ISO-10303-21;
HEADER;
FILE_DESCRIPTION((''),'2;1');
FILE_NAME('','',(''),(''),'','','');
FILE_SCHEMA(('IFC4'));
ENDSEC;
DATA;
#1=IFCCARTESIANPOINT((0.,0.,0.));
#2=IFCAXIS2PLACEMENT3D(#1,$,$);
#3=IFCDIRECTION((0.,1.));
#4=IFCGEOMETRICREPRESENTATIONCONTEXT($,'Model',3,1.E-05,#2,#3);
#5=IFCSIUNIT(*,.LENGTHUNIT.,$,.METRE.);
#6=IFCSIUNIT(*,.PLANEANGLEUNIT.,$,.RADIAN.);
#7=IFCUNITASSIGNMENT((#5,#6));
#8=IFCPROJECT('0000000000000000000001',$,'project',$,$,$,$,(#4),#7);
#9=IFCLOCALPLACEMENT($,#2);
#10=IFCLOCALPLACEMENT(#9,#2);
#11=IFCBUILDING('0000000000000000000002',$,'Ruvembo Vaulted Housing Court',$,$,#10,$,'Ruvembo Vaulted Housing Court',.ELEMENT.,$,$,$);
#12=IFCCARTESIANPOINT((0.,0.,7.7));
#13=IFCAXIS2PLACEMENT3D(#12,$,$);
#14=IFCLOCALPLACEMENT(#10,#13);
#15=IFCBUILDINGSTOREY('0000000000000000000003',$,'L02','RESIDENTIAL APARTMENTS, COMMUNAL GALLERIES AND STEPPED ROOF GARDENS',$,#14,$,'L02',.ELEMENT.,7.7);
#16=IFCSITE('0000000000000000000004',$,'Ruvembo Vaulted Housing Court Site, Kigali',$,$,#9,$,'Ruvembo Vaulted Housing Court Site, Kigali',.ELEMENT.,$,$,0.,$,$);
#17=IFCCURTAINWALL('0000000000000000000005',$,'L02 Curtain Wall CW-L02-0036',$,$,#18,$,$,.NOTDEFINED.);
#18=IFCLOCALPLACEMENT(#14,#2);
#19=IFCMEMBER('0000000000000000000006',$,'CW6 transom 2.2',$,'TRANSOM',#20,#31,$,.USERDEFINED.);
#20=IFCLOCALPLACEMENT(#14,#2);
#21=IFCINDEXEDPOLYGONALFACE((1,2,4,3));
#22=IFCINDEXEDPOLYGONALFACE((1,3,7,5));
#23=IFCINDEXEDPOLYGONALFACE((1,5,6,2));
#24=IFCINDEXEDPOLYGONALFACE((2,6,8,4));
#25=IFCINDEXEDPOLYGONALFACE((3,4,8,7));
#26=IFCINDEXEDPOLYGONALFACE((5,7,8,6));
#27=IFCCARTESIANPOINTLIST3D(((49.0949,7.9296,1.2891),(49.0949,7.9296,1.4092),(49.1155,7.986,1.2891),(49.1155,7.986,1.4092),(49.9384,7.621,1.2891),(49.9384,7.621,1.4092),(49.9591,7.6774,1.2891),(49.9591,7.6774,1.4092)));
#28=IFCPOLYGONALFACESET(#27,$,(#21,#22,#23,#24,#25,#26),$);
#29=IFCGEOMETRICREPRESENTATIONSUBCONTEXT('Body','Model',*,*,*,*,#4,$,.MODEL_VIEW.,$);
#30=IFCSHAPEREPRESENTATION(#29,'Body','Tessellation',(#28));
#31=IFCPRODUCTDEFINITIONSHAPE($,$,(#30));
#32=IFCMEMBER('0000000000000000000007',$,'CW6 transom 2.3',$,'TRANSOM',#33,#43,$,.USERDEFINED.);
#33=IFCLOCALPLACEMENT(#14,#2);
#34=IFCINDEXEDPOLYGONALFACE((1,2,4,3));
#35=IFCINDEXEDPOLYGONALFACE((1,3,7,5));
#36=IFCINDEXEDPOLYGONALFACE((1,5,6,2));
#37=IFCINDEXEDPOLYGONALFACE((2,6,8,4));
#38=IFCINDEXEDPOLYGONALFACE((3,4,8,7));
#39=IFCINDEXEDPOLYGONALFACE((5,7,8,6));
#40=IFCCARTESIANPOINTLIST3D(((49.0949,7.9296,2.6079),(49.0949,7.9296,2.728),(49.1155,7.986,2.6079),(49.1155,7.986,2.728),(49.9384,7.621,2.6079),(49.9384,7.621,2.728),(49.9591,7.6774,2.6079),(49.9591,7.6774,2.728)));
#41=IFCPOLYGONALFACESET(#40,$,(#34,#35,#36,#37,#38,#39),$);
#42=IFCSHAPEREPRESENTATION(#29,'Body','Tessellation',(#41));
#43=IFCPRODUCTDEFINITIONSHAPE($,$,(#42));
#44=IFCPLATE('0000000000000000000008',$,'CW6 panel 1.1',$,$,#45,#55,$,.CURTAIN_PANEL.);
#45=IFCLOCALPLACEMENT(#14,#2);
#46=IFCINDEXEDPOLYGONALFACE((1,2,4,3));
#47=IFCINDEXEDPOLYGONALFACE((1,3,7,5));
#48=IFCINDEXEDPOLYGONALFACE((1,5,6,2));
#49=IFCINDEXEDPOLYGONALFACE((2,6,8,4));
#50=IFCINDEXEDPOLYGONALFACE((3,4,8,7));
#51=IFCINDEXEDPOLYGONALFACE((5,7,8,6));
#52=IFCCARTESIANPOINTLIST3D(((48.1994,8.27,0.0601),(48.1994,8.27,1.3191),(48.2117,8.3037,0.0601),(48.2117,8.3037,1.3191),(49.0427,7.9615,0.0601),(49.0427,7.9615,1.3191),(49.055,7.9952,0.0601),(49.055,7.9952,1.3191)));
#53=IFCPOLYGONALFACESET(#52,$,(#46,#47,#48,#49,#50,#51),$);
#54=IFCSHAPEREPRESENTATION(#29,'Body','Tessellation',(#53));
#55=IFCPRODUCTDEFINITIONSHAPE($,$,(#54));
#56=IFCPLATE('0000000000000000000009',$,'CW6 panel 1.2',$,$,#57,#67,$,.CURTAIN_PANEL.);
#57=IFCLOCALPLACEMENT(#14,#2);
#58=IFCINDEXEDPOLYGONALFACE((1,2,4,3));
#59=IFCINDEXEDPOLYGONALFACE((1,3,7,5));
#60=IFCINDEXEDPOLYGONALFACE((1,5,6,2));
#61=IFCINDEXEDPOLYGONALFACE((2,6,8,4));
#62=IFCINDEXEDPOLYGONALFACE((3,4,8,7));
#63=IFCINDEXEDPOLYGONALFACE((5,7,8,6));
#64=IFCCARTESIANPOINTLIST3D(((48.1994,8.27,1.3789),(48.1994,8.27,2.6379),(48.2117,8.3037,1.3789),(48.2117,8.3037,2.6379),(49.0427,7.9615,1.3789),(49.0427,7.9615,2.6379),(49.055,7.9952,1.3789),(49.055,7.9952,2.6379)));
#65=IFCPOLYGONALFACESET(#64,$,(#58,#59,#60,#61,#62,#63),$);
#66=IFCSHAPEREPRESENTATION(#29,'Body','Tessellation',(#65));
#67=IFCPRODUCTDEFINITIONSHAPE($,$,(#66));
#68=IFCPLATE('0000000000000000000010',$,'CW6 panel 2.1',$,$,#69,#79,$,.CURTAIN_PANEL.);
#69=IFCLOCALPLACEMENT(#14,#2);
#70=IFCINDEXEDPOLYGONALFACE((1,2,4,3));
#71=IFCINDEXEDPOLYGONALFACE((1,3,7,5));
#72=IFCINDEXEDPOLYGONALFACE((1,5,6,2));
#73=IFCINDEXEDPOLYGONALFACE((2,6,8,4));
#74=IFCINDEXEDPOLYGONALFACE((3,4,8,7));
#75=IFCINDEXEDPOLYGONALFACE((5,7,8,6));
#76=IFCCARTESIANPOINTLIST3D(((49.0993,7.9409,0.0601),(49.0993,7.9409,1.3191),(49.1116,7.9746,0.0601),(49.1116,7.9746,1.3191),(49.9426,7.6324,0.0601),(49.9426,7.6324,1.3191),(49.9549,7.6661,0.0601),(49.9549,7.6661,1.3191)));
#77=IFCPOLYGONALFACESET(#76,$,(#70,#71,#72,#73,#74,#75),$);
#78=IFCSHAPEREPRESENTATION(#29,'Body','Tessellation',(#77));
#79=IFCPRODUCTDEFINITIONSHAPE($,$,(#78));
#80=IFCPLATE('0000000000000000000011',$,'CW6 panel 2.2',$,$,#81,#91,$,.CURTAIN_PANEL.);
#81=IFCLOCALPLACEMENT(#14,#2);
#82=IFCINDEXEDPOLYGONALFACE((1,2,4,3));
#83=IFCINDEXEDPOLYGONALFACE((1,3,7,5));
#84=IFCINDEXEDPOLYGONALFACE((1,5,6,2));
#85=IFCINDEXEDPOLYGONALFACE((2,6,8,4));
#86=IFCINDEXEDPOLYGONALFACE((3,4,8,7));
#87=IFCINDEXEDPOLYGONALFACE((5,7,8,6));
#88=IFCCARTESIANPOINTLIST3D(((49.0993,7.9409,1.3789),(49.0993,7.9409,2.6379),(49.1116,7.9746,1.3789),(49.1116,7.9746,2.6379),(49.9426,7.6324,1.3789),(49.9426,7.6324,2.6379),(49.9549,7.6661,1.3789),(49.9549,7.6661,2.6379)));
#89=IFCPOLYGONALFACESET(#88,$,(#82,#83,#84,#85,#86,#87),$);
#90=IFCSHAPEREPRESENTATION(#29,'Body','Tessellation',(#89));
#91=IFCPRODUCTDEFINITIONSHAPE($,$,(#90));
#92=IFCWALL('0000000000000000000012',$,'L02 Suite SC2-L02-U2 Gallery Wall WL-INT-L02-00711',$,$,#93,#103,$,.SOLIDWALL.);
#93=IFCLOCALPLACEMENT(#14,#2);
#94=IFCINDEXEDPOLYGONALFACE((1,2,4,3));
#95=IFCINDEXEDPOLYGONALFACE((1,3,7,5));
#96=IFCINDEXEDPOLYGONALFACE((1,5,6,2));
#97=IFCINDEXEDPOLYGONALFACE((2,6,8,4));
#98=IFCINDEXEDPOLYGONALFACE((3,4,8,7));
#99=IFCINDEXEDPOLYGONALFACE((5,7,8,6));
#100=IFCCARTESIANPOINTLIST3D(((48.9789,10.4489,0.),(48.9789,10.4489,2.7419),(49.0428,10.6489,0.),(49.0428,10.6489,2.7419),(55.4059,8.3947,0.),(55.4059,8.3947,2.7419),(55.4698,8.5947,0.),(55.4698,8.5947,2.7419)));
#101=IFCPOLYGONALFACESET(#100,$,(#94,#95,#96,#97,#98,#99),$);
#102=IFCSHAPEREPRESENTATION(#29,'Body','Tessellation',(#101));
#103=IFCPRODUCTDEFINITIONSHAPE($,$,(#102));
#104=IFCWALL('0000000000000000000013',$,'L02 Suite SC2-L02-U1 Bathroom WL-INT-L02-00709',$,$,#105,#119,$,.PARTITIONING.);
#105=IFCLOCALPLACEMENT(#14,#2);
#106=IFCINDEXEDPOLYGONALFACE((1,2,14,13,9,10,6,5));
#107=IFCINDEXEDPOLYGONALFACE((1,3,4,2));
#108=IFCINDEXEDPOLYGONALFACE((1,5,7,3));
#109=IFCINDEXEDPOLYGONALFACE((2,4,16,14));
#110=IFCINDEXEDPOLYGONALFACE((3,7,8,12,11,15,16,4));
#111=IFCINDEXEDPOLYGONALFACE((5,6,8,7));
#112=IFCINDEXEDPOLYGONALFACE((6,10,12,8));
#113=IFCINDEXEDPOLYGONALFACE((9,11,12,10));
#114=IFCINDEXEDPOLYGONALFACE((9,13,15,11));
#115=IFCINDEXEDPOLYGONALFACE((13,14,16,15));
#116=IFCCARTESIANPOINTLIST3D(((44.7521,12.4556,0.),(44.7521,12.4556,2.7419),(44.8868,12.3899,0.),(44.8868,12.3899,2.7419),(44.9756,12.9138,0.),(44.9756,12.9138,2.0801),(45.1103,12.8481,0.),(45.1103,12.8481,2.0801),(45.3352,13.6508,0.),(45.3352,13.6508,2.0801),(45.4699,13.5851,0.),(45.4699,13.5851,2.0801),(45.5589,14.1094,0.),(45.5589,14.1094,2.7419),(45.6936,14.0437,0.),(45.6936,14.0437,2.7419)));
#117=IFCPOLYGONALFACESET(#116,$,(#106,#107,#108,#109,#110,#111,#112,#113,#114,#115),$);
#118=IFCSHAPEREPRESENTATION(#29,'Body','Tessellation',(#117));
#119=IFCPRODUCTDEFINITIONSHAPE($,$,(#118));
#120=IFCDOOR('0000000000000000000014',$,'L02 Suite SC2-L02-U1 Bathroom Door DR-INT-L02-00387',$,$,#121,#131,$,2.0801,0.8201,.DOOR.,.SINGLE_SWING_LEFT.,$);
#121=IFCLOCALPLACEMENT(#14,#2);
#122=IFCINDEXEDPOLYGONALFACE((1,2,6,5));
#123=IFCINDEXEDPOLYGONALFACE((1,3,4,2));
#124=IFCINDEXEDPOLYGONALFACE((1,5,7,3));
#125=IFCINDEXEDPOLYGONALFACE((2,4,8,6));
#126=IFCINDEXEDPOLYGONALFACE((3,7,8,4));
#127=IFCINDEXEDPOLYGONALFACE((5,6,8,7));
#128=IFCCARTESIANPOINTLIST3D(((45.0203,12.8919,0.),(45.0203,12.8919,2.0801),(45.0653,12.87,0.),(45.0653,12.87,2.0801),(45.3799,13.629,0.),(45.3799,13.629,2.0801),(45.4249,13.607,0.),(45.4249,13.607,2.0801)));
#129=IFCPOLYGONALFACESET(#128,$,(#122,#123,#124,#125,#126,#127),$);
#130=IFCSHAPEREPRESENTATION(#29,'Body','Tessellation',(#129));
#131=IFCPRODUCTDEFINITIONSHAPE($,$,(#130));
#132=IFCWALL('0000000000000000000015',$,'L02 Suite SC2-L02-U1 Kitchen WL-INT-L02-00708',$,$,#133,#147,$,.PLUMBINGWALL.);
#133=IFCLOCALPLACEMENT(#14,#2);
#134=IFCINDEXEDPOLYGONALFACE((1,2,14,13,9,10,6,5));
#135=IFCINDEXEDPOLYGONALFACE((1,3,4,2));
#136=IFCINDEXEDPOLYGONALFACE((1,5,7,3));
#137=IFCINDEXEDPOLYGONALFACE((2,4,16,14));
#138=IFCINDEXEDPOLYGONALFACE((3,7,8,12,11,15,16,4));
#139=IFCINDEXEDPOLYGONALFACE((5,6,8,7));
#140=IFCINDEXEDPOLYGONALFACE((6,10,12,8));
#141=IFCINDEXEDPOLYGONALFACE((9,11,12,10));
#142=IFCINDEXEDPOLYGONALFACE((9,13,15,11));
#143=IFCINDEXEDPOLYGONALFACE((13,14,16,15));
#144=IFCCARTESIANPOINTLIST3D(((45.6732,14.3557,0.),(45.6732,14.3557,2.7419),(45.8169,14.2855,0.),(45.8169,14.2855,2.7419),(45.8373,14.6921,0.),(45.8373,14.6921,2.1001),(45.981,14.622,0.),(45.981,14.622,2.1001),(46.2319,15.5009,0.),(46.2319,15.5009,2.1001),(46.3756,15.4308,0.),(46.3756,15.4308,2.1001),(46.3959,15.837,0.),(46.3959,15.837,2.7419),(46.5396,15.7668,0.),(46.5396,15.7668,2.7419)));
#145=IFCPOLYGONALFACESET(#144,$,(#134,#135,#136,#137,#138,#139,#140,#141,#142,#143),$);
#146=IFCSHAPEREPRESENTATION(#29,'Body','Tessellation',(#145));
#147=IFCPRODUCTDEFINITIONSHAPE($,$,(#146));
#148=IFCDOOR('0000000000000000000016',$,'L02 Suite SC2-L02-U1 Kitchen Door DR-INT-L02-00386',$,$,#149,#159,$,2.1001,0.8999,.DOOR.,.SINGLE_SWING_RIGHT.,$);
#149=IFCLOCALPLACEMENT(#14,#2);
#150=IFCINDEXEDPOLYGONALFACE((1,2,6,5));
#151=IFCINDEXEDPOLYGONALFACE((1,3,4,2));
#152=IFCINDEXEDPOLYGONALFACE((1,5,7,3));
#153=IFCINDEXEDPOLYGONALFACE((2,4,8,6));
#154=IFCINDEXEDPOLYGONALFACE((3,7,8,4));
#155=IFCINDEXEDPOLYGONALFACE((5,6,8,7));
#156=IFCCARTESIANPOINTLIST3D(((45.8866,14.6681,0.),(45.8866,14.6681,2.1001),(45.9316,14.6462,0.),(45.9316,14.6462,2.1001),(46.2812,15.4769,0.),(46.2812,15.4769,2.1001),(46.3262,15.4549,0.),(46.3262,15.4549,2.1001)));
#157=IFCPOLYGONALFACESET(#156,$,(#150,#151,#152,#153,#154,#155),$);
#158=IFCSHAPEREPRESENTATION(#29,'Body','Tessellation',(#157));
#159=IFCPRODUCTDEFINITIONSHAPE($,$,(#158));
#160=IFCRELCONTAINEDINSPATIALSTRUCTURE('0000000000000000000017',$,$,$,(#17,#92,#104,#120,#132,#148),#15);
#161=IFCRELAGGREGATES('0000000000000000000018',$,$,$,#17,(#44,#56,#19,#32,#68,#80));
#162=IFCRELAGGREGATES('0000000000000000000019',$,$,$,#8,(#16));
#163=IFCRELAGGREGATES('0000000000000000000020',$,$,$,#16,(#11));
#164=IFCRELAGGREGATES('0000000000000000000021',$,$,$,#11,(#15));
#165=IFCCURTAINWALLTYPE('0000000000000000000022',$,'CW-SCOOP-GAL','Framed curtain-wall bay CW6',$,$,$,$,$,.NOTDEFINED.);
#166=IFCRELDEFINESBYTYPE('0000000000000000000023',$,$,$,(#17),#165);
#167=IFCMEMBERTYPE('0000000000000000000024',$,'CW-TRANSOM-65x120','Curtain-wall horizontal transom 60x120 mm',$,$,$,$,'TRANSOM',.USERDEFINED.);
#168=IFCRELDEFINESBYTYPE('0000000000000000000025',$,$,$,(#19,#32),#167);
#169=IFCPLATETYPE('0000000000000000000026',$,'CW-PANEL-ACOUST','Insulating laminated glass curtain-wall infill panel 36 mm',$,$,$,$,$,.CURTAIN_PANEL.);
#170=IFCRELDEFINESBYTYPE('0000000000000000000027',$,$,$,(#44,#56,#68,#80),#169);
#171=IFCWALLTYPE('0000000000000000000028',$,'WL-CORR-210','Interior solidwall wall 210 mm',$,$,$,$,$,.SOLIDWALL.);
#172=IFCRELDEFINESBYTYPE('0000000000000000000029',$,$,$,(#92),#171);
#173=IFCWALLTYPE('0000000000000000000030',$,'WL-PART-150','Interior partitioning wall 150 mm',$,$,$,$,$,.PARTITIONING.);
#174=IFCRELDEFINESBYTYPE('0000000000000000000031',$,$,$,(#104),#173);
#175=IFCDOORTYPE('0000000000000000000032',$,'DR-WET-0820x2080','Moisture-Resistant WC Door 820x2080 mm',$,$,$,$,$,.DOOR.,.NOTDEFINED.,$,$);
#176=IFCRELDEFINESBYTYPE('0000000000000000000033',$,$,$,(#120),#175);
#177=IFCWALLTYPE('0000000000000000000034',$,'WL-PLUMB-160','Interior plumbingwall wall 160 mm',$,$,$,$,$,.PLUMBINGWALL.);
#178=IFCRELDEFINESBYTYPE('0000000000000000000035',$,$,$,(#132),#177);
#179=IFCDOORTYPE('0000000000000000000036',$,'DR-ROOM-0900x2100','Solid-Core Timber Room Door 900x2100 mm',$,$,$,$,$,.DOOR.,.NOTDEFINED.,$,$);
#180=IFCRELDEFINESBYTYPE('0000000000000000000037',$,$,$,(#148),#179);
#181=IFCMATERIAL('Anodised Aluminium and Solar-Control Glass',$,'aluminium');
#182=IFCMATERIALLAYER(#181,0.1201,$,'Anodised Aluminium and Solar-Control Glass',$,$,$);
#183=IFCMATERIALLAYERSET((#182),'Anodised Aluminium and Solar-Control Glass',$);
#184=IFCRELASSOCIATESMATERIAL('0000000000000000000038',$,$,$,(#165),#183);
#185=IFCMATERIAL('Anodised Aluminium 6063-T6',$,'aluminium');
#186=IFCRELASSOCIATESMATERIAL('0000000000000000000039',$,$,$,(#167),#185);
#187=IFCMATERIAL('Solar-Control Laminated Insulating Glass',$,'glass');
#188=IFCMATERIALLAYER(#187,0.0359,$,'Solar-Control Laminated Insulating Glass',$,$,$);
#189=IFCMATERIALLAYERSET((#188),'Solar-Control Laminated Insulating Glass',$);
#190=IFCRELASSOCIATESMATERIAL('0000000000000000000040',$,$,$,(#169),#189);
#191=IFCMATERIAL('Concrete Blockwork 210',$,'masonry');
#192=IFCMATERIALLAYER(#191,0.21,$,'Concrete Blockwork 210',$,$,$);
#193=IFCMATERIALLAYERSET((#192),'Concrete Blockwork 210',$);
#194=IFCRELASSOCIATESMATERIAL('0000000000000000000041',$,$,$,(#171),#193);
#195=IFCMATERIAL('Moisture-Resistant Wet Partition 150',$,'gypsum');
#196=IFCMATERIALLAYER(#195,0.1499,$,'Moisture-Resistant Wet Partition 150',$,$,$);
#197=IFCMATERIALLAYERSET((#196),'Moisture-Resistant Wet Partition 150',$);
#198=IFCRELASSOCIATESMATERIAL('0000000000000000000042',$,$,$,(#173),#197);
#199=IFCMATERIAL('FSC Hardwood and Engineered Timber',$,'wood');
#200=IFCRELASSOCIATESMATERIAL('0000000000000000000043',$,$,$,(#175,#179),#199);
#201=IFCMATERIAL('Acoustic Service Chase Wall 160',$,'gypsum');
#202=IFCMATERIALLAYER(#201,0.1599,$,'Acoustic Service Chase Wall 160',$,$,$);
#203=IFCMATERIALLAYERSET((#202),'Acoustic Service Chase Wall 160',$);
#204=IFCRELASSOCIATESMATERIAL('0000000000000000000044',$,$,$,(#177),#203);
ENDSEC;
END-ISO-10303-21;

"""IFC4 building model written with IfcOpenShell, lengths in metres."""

from ifc_helpers import new_model, si_unit, direction, frame, frame_2d, origin, origin_2d, place, context, subcontext, project, spatial, rectangle, extrude, material, layer, layer_set, material_profile, profile_set, type_object, element, fill, aggregate, save


model = new_model("IFC4")

# Units and contexts
model_context = context("Model", 3, precision=1e-05, world=origin(), true_north=direction((0.0, 1.0)))
body_context = subcontext(model_context, "Body", "Model", "MODEL_VIEW")
ifc_project = project(units=[si_unit("LENGTHUNIT", "METRE"), si_unit("PLANEANGLEUNIT", "RADIAN")], contexts=[model_context])

# Site, building, storey
site_placement = place(None, origin())
site = spatial("IfcSite", under=ifc_project, at=site_placement, Name="Ruvembo Vaulted Housing Court Site, Kigali", LongName="Ruvembo Vaulted Housing Court Site, Kigali", CompositionType="ELEMENT", RefElevation=0.0)
building_placement = place(site_placement, origin())
building = spatial("IfcBuilding", under=site, at=building_placement, Name="Ruvembo Vaulted Housing Court", LongName="Ruvembo Vaulted Housing Court", CompositionType="ELEMENT")
storey_placement = place(building_placement, frame((0.0, 0.0, 7.7)))
storey = spatial("IfcBuildingStorey", under=building, at=storey_placement, Name="L02", Description="RESIDENTIAL APARTMENTS, COMMUNAL GALLERIES AND STEPPED ROOF GARDENS", LongName="L02", CompositionType="ELEMENT", Elevation=7.7)

# Curtain wall, members, plates
ifc_material_1 = material(Name="Anodised Aluminium and Solar-Control Glass", Category="aluminium")
ifc_layer_1 = layer(ifc_material_1, 0.1201, Name="Anodised Aluminium and Solar-Control Glass")
ifc_layer_set_1 = layer_set([ifc_layer_1], Name="Anodised Aluminium and Solar-Control Glass")
curtain_wall_type = type_object("IfcCurtainWallType", Name="CW-SCOOP-GAL", Description="Framed curtain-wall bay CW6", PredefinedType="NOTDEFINED", material=ifc_layer_set_1)
curtain_wall_placement = place(storey_placement, origin())
curtain_wall = element("IfcCurtainWall", 1, at=curtain_wall_placement, inside=storey, type_object=curtain_wall_type, Name="L02 Curtain Wall CW-L02-0036", PredefinedType="NOTDEFINED")
ifc_material_2 = material(Name="Anodised Aluminium 6063-T6", Category="aluminium")
ifc_material_profile_1 = material_profile(ifc_material_2, rectangle(XDim=0.0601, YDim=0.1201, at=origin_2d()), Name="ALU 60x120")
ifc_profile_set_1 = profile_set([ifc_material_profile_1], Name="Anodised Aluminium 6063-T6")
member_type_1 = type_object("IfcMemberType", Name="CW-TRANSOM-65x120", Description="Curtain-wall horizontal transom 60x120 mm", ElementType="TRANSOM", PredefinedType="USERDEFINED", material=ifc_profile_set_1)
member_1_placement = place(storey_placement, frame((49.1052, 7.9578, 1.3491), z_axis=(0.939125, -0.343576, 0.0), x_axis=(0.343576, 0.939125, 0.0)))
member_1 = element("IfcMember", 2, at=member_1_placement, type_object=member_type_1, Name="CW6 transom 2.2", ObjectType="TRANSOM", PredefinedType="USERDEFINED", context=body_context, shape_type="SweptSolid", body=[
    extrude(rectangle(XDim=0.0601, YDim=0.1201, at=origin_2d()), origin(), (0.0, 0.0, 1.0), 0.8982),
])
member_2_placement = place(storey_placement, frame((49.1052, 7.9578, 2.668), z_axis=(0.939125, -0.343576, 0.0), x_axis=(0.343576, 0.939125, 0.0)))
member_2 = element("IfcMember", 3, at=member_2_placement, type_object=member_type_1, Name="CW6 transom 2.3", ObjectType="TRANSOM", PredefinedType="USERDEFINED", context=body_context, shape_type="SweptSolid", body=[
    extrude(rectangle(XDim=0.0601, YDim=0.1201, at=origin_2d()), origin(), (0.0, 0.0, 1.0), 0.8982),
])
ifc_material_3 = material(Name="Solar-Control Laminated Insulating Glass", Category="glass")
ifc_layer_2 = layer(ifc_material_3, 0.0359, Name="Solar-Control Laminated Insulating Glass")
ifc_layer_set_2 = layer_set([ifc_layer_2], Name="Solar-Control Laminated Insulating Glass")
plate_type = type_object("IfcPlateType", Name="CW-PANEL-ACOUST", Description="Insulating laminated glass curtain-wall infill panel 36 mm", PredefinedType="CURTAIN_PANEL", material=ifc_layer_set_2)
plate_1_placement = place(storey_placement, frame((48.6272, 8.1326, 0.0601), z_axis=(0.0, 0.0, 1.0), x_axis=(0.939142, -0.34353, 0.0)))
plate_1 = element("IfcPlate", 4, at=plate_1_placement, type_object=plate_type, Name="CW6 panel 1.1", PredefinedType="CURTAIN_PANEL", context=body_context, shape_type="SweptSolid", body=[
    extrude(rectangle(XDim=0.8979, YDim=0.0359, at=origin_2d()), origin(), (0.0, 0.0, 1.0), 1.259),
])
plate_2_placement = place(storey_placement, frame((48.6272, 8.1326, 1.3789), z_axis=(0.0, 0.0, 1.0), x_axis=(0.939142, -0.34353, 0.0)))
plate_2 = element("IfcPlate", 5, at=plate_2_placement, type_object=plate_type, Name="CW6 panel 1.2", PredefinedType="CURTAIN_PANEL", context=body_context, shape_type="SweptSolid", body=[
    extrude(rectangle(XDim=0.8979, YDim=0.0359, at=origin_2d()), origin(), (0.0, 0.0, 1.0), 1.259),
])
plate_3_placement = place(storey_placement, frame((49.5271, 7.8035, 0.0601), z_axis=(0.0, 0.0, 1.0), x_axis=(0.939142, -0.34353, 0.0)))
plate_3 = element("IfcPlate", 6, at=plate_3_placement, type_object=plate_type, Name="CW6 panel 2.1", PredefinedType="CURTAIN_PANEL", context=body_context, shape_type="SweptSolid", body=[
    extrude(rectangle(XDim=0.8979, YDim=0.0359, at=origin_2d()), origin(), (0.0, 0.0, 1.0), 1.259),
])
plate_4_placement = place(storey_placement, frame((49.5271, 7.8035, 1.3789), z_axis=(0.0, 0.0, 1.0), x_axis=(0.939142, -0.34353, 0.0)))
plate_4 = element("IfcPlate", 7, at=plate_4_placement, type_object=plate_type, Name="CW6 panel 2.2", PredefinedType="CURTAIN_PANEL", context=body_context, shape_type="SweptSolid", body=[
    extrude(rectangle(XDim=0.8979, YDim=0.0359, at=origin_2d()), origin(), (0.0, 0.0, 1.0), 1.259),
])
aggregate(curtain_wall, [plate_1, plate_2, member_1, member_2, plate_3, plate_4])

# Wall
ifc_material_4 = material(Name="Concrete Blockwork 210", Category="masonry")
ifc_layer_3 = layer(ifc_material_4, 0.21, Name="Concrete Blockwork 210")
ifc_layer_set_3 = layer_set([ifc_layer_3], Name="Concrete Blockwork 210")
wall_type_1 = type_object("IfcWallType", Name="WL-CORR-210", Description="Interior solidwall wall 210 mm", PredefinedType="SOLIDWALL", material=ifc_layer_set_3)
wall_1_placement = place(storey_placement, frame((49.011, 10.5488, 0.0), z_axis=(0.0, 0.0, 1.0), x_axis=(0.952529, -0.304447, 0.0)))
element("IfcWall", 8, at=wall_1_placement, inside=storey, type_object=wall_type_1, Name="L02 Suite SC2-L02-U2 Gallery Wall WL-INT-L02-00711", PredefinedType="SOLIDWALL", context=body_context, shape_type="SweptSolid", body=[
    extrude(rectangle(XDim=6.7473, YDim=0.21, at=frame_2d((3.3735, 0.0))), origin(), (0.0, 0.0, 1.0), 2.7419),
])

# Walls, openings, doors
ifc_material_5 = material(Name="Moisture-Resistant Wet Partition 150", Category="gypsum")
ifc_layer_4 = layer(ifc_material_5, 0.1499, Name="Moisture-Resistant Wet Partition 150")
ifc_layer_set_4 = layer_set([ifc_layer_4], Name="Moisture-Resistant Wet Partition 150")
wall_type_2 = type_object("IfcWallType", Name="WL-PART-150", Description="Interior partitioning wall 150 mm", PredefinedType="PARTITIONING", material=ifc_layer_set_4)
wall_2_placement = place(storey_placement, frame((45.6262, 14.0764, 0.0), z_axis=(0.0, 0.0, 1.0), x_axis=(-0.438489, -0.898737, 0.0)))
wall_2 = element("IfcWall", 9, at=wall_2_placement, inside=storey, type_object=wall_type_2, Name="L02 Suite SC2-L02-U1 Bathroom WL-INT-L02-00709", PredefinedType="PARTITIONING", context=body_context, shape_type="SweptSolid", body=[
    extrude(rectangle(XDim=1.8401, YDim=0.1499, at=frame_2d((0.9199, 0.0))), origin(), (0.0, 0.0, 1.0), 2.7419),
])
opening_1_placement = place(wall_2_placement, frame((0.51, 0.0, 0.0)))
opening_1 = element("IfcOpeningElement", 10, at=opening_1_placement, cuts=wall_2, PredefinedType="OPENING", context=body_context, shape_type="SweptSolid", body=[
    extrude(rectangle(XDim=0.8201, YDim=2.0801, at=frame_2d((0.4102, 1.04))), frame((0.0, 0.085, 0.0), z_axis=(0.0, -1.0, 0.0), x_axis=(1.0, 0.0, 0.0)), (0.0, 0.0, 1.0), 0.1699),
])
ifc_material_6 = material(Name="FSC Hardwood and Engineered Timber", Category="wood")
door_type_1 = type_object("IfcDoorType", Name="DR-WET-0820x2080", Description="Moisture-Resistant WC Door 820x2080 mm", OperationType="NOTDEFINED", PredefinedType="DOOR", material=ifc_material_6)
door_1_placement = place(opening_1_placement, origin())
door_1 = element("IfcDoor", 11, at=door_1_placement, inside=storey, type_object=door_type_1, Name="L02 Suite SC2-L02-U1 Bathroom Door DR-INT-L02-00387", OperationType="SINGLE_SWING_LEFT", OverallHeight=2.0801, OverallWidth=0.8201, PredefinedType="DOOR", context=body_context, shape_type="SweptSolid", body=[
    extrude(rectangle(XDim=0.8201, YDim=2.0801, at=frame_2d((0.4102, 1.04))), frame((0.0, 0.0249, 0.0), z_axis=(0.0, -1.0, 0.0), x_axis=(1.0, 0.0, 0.0)), (0.0, 0.0, 1.0), 0.05),
])
fill(opening_1, door_1)
ifc_material_7 = material(Name="Acoustic Service Chase Wall 160", Category="gypsum")
ifc_layer_5 = layer(ifc_material_7, 0.1599, Name="Acoustic Service Chase Wall 160")
ifc_layer_set_5 = layer_set([ifc_layer_5], Name="Acoustic Service Chase Wall 160")
wall_type_3 = type_object("IfcWallType", Name="WL-PLUMB-160", Description="Interior plumbingwall wall 160 mm", PredefinedType="PLUMBINGWALL", material=ifc_layer_set_5)
wall_3_placement = place(storey_placement, frame((46.4678, 15.802, 0.0), z_axis=(0.0, 0.0, 1.0), x_axis=(-0.438482, -0.89874, 0.0)))
wall_3 = element("IfcWall", 12, at=wall_3_placement, inside=storey, type_object=wall_type_3, Name="L02 Suite SC2-L02-U1 Kitchen WL-INT-L02-00708", PredefinedType="PLUMBINGWALL", context=body_context, shape_type="SweptSolid", body=[
    extrude(rectangle(XDim=1.6482, YDim=0.1599, at=frame_2d((0.8242, 0.0))), origin(), (0.0, 0.0, 1.0), 2.7419),
])
opening_2_placement = place(wall_3_placement, frame((0.374, 0.0, 0.0)))
opening_2 = element("IfcOpeningElement", 13, at=opening_2_placement, cuts=wall_3, PredefinedType="OPENING", context=body_context, shape_type="SweptSolid", body=[
    extrude(rectangle(XDim=0.8999, YDim=2.1001, at=frame_2d((0.45, 1.05))), frame((0.0, 0.0898, 0.0), z_axis=(0.0, -1.0, 0.0), x_axis=(1.0, 0.0, 0.0)), (0.0, 0.0, 1.0), 0.1799),
])
door_type_2 = type_object("IfcDoorType", Name="DR-ROOM-0900x2100", Description="Solid-Core Timber Room Door 900x2100 mm", OperationType="NOTDEFINED", PredefinedType="DOOR", material=ifc_material_6)
door_2_placement = place(opening_2_placement, origin())
door_2 = element("IfcDoor", 14, at=door_2_placement, inside=storey, type_object=door_type_2, Name="L02 Suite SC2-L02-U1 Kitchen Door DR-INT-L02-00386", OperationType="SINGLE_SWING_RIGHT", OverallHeight=2.1001, OverallWidth=0.8999, PredefinedType="DOOR", context=body_context, shape_type="SweptSolid", body=[
    extrude(rectangle(XDim=0.8999, YDim=2.1001, at=frame_2d((0.45, 1.05))), frame((0.0, 0.0249, 0.0), z_axis=(0.0, -1.0, 0.0), x_axis=(1.0, 0.0, 0.0)), (0.0, 0.0, 1.0), 0.05),
])
fill(opening_2, door_2)

save(model, "model.ifc")
